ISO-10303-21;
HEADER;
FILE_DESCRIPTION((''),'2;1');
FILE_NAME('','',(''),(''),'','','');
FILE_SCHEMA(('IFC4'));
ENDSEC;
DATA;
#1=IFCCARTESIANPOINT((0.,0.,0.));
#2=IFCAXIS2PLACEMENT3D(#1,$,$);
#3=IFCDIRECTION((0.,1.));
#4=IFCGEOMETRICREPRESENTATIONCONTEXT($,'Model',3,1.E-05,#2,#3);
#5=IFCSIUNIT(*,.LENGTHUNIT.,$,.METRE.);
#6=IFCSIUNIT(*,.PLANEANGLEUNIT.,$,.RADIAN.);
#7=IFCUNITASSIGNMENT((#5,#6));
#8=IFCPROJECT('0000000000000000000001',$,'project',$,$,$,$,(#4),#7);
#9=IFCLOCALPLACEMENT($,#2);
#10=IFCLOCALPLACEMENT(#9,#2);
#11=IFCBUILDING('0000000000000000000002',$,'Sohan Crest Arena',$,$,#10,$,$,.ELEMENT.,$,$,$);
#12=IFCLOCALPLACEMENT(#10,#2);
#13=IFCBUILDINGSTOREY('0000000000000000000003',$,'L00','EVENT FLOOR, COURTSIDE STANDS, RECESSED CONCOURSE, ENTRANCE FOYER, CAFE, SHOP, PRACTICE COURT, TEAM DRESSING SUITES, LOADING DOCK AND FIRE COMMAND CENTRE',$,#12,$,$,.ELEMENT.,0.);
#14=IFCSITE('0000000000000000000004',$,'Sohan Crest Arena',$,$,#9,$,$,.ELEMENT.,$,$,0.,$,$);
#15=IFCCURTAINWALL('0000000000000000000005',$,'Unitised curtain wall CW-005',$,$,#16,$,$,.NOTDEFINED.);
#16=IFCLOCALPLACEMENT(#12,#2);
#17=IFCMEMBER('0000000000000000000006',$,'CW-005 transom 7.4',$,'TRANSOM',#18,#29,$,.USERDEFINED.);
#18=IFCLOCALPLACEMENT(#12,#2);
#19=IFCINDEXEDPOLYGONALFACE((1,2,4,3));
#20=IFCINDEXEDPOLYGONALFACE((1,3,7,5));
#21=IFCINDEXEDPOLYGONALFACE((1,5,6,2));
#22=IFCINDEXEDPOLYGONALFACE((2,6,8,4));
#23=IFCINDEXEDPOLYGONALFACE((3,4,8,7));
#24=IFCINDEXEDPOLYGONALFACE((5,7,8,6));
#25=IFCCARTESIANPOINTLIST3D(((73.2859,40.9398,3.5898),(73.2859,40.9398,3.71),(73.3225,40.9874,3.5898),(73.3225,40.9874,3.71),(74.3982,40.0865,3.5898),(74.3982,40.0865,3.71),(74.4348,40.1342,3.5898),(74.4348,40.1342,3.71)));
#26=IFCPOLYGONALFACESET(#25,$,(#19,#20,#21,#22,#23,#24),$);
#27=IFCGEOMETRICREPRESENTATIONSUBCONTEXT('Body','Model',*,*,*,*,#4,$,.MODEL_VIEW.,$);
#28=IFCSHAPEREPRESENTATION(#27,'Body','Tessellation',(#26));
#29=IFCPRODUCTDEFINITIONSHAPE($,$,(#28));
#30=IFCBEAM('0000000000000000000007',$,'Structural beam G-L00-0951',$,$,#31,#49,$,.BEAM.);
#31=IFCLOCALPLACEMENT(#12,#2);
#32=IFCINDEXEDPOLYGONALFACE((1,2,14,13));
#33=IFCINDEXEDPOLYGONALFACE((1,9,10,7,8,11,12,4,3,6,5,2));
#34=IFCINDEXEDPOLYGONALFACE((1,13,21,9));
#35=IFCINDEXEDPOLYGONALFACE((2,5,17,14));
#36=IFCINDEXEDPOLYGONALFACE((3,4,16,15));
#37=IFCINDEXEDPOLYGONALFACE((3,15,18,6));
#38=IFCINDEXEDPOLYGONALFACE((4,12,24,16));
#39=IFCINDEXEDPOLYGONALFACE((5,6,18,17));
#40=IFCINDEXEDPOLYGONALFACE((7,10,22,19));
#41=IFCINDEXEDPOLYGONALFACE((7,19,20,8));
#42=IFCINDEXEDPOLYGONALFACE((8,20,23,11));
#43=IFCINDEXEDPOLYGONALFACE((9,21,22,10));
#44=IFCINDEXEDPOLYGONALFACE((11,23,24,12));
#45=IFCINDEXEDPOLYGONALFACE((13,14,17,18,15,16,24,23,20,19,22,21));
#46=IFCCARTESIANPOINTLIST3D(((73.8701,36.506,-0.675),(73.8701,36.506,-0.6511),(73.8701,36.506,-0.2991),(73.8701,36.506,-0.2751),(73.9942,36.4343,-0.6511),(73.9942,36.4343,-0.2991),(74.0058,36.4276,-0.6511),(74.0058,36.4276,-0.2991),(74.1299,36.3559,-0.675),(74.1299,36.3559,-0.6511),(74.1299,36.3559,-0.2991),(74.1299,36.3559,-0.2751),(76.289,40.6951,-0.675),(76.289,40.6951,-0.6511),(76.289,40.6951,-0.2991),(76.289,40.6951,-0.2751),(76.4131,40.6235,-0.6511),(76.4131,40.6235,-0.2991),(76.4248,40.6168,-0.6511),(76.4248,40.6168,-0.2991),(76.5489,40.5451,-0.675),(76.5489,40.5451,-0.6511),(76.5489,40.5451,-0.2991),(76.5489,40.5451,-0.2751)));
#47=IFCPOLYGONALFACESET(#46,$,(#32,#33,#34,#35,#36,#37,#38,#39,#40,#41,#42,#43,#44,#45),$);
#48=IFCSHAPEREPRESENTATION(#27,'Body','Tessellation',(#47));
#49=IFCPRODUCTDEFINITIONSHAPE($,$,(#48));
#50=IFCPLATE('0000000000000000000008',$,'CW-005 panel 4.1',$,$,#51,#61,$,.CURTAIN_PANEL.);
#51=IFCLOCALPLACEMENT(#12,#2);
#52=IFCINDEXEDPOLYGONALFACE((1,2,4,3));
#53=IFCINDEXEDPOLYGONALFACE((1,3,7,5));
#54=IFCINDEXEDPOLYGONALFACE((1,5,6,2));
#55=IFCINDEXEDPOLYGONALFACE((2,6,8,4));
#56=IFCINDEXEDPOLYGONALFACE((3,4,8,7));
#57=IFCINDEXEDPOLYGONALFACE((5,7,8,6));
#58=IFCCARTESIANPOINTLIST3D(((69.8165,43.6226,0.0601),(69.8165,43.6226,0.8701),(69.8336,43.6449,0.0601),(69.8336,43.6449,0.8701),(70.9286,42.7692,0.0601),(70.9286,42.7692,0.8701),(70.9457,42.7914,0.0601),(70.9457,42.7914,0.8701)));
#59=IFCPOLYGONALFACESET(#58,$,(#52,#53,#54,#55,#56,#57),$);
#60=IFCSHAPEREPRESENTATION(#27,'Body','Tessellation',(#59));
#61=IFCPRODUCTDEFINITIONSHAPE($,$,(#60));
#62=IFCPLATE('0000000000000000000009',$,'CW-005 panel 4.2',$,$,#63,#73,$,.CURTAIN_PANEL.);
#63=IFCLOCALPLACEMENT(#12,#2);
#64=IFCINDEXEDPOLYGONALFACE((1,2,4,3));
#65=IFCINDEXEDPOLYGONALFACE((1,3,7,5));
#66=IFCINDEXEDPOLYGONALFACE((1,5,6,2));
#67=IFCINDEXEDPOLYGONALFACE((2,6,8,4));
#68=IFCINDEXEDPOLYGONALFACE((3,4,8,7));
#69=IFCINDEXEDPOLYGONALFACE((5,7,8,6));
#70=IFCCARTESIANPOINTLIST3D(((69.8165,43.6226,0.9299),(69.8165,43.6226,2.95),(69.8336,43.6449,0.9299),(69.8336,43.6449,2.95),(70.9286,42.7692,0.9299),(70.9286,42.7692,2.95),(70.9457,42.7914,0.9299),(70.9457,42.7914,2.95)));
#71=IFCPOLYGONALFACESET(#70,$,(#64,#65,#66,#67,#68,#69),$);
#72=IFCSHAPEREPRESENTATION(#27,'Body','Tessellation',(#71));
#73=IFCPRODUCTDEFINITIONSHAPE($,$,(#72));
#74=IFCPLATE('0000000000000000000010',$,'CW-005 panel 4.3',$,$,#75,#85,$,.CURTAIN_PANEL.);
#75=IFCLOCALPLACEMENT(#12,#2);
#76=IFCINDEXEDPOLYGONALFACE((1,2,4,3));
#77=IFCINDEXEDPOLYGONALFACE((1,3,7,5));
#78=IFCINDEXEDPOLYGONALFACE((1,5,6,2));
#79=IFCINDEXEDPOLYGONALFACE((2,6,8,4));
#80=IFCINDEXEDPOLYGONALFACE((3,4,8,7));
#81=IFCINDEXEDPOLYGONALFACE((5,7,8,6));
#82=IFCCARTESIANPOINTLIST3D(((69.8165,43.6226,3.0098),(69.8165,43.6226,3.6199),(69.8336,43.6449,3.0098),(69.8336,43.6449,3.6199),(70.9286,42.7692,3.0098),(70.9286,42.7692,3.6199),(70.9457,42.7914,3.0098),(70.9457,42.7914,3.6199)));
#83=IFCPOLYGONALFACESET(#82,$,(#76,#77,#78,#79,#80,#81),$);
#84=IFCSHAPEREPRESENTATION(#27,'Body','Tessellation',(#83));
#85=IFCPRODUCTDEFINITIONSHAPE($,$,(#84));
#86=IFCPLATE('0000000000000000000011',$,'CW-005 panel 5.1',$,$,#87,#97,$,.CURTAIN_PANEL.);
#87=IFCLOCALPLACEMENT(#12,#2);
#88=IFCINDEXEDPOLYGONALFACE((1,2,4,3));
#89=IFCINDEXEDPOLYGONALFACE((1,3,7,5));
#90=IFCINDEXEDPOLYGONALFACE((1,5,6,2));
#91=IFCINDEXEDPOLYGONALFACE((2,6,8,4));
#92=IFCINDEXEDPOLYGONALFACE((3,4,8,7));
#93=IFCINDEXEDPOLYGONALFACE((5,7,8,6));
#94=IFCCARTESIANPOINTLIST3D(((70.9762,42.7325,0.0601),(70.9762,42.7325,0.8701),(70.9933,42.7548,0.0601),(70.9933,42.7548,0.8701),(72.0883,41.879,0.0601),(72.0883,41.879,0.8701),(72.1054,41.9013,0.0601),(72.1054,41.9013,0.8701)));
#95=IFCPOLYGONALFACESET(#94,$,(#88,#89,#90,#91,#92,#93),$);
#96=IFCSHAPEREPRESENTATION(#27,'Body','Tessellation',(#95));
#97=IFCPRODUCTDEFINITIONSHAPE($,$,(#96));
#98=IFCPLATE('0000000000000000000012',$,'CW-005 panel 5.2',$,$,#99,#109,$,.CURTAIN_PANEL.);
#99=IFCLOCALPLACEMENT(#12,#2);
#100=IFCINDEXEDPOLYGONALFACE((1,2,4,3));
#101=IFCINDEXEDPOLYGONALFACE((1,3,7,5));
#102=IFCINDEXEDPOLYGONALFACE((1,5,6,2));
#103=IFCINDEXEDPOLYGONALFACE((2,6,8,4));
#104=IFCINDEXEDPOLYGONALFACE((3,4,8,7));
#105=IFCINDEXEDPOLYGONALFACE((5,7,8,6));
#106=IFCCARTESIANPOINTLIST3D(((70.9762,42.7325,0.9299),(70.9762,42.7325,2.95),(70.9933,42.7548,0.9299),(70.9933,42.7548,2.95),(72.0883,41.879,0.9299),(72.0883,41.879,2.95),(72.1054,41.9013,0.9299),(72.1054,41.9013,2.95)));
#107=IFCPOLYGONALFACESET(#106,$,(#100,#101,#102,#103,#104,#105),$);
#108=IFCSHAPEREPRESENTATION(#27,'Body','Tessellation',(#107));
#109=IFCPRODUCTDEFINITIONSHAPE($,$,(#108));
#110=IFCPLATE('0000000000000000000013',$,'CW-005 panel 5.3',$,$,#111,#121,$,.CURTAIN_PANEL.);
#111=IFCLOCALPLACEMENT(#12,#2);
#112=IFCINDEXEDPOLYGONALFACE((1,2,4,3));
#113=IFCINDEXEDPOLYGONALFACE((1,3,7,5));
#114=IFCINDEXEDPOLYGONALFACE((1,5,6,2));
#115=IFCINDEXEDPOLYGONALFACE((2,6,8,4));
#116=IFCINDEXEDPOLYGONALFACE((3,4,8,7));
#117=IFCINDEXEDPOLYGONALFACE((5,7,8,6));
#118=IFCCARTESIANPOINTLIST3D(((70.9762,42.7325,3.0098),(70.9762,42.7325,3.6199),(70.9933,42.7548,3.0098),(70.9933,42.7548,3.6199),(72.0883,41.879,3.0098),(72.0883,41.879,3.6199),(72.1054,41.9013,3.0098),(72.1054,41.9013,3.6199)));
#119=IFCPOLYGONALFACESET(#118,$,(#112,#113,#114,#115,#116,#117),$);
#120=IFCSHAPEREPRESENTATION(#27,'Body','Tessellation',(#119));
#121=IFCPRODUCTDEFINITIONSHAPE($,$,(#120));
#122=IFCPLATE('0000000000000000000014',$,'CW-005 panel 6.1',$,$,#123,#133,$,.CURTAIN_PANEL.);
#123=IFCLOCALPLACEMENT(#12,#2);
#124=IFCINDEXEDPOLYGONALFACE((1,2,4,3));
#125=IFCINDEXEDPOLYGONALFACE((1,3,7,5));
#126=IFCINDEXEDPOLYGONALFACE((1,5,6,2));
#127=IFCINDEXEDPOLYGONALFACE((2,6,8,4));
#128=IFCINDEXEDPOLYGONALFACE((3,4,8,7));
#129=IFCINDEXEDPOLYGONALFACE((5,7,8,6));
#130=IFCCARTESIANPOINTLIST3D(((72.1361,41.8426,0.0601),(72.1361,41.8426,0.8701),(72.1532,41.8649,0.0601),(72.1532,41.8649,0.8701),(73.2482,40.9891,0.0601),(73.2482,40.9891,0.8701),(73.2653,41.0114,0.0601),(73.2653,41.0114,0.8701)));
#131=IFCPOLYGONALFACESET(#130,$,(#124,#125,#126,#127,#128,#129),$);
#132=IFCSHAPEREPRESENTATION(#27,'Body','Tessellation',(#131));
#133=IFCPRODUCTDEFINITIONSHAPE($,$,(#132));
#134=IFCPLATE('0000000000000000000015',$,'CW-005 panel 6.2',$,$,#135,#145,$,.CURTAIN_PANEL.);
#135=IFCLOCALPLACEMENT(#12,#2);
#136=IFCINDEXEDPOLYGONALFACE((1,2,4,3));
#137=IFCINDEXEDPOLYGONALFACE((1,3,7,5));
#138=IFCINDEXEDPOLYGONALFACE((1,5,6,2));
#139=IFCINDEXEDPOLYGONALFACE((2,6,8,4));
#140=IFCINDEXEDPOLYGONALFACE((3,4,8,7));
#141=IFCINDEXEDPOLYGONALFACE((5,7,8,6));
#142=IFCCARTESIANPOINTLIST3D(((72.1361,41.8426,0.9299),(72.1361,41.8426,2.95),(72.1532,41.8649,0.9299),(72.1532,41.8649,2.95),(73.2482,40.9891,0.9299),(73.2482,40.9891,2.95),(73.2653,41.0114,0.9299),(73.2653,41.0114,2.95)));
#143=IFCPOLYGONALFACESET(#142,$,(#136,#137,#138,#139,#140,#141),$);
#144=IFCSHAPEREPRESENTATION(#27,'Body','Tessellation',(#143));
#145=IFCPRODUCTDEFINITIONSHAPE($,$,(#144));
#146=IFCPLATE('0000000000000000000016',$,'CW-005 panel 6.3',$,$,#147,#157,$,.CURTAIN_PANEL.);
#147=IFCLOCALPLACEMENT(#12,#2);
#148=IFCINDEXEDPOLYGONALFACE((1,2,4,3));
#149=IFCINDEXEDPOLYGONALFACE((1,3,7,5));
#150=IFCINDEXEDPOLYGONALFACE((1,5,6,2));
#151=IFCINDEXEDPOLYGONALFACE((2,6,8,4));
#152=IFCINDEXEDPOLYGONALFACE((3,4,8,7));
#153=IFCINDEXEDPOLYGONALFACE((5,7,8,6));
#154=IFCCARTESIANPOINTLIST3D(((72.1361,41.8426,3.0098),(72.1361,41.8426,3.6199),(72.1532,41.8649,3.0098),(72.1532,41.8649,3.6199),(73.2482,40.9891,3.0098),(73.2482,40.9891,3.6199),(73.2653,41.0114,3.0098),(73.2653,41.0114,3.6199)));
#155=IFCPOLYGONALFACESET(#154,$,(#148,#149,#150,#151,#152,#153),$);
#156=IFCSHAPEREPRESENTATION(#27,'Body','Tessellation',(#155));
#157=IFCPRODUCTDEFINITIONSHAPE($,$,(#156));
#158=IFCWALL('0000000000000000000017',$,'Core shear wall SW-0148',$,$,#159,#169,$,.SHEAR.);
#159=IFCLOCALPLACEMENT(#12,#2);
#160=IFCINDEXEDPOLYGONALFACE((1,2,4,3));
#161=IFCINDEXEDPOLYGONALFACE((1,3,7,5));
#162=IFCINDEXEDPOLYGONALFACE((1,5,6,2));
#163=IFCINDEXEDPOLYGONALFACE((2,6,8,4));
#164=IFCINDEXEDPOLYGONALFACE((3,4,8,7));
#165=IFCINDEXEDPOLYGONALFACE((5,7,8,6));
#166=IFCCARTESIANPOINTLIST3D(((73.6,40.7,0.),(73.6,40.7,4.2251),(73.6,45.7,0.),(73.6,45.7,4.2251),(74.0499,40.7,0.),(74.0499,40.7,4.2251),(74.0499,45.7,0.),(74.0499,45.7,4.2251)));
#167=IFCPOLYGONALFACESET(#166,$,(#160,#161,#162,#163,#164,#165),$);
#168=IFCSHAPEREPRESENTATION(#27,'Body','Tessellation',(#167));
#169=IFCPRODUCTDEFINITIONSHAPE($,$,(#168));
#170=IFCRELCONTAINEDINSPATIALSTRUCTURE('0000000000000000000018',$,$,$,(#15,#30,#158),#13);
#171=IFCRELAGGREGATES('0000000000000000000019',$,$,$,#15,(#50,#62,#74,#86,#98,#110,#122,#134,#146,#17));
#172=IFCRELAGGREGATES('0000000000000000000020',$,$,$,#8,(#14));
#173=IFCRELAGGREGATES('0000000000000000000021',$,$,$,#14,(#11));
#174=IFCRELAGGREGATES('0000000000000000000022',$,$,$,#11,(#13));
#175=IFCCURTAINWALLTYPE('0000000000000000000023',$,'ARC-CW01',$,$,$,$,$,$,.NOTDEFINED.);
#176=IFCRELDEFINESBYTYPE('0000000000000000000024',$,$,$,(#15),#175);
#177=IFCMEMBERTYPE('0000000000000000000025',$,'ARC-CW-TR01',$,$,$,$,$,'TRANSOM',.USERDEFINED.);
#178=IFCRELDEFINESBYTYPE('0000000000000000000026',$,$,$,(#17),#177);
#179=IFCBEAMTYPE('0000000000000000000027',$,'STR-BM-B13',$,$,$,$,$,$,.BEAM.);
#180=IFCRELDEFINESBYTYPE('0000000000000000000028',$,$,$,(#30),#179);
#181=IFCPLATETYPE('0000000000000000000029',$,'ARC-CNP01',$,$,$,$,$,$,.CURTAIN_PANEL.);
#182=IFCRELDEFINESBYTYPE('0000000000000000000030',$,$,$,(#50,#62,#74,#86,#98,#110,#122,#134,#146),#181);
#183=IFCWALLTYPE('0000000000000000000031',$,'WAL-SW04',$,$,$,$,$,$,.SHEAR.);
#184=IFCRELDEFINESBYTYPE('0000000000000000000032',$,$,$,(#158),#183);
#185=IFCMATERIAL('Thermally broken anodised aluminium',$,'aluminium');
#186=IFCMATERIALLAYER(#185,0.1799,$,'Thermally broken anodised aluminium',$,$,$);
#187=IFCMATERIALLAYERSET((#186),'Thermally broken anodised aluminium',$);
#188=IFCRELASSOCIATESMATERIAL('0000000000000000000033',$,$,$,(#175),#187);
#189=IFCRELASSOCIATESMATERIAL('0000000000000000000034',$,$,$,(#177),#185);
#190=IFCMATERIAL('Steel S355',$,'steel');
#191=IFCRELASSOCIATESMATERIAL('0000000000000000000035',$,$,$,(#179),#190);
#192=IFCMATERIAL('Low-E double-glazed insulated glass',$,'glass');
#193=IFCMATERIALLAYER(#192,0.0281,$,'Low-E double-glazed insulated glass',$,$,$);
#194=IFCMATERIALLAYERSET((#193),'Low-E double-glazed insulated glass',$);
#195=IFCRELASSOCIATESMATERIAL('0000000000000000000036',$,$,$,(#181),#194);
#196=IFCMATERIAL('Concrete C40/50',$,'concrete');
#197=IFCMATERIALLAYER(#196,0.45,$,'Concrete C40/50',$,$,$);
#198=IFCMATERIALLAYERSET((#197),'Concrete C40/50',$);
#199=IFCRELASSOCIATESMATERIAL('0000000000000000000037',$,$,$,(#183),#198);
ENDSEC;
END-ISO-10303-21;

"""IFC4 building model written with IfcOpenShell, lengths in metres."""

from ifc_helpers import new_model, si_unit, direction, frame, frame_2d, origin, origin_2d, place, context, subcontext, project, spatial, rectangle, i_section, extrude, material, layer, layer_set, material_profile, profile_set, type_object, element, aggregate, save


model = new_model("IFC4")

# Units and contexts
model_context = context("Model", 3, precision=1e-05, world=origin(), true_north=direction((0.0, 1.0)))
body_context = subcontext(model_context, "Body", "Model", "MODEL_VIEW")
ifc_project = project(units=[si_unit("LENGTHUNIT", "METRE"), si_unit("PLANEANGLEUNIT", "RADIAN")], contexts=[model_context])

# Site, building, storey
site_placement = place(None, origin())
site = spatial("IfcSite", under=ifc_project, at=site_placement, Name="Sohan Crest Arena", CompositionType="ELEMENT", RefElevation=0.0)
building_placement = place(site_placement, origin())
building = spatial("IfcBuilding", under=site, at=building_placement, Name="Sohan Crest Arena", CompositionType="ELEMENT")
storey_placement = place(building_placement, origin())
storey = spatial("IfcBuildingStorey", under=building, at=storey_placement, Name="L00", Description="EVENT FLOOR, COURTSIDE STANDS, RECESSED CONCOURSE, ENTRANCE FOYER, CAFE, SHOP, PRACTICE COURT, TEAM DRESSING SUITES, LOADING DOCK AND FIRE COMMAND CENTRE", CompositionType="ELEMENT", Elevation=0.0)

# Curtain wall, member
ifc_material_1 = material(Name="Thermally broken anodised aluminium", Category="aluminium")
ifc_layer_1 = layer(ifc_material_1, 0.1799, Name="Thermally broken anodised aluminium")
ifc_layer_set_1 = layer_set([ifc_layer_1], Name="Thermally broken anodised aluminium")
curtain_wall_type = type_object("IfcCurtainWallType", Name="ARC-CW01", PredefinedType="NOTDEFINED", material=ifc_layer_set_1)
curtain_wall_placement = place(storey_placement, origin())
curtain_wall = element("IfcCurtainWall", 1, at=curtain_wall_placement, inside=storey, type_object=curtain_wall_type, Name="Unitised curtain wall CW-005", PredefinedType="NOTDEFINED")
ifc_material_profile_1 = material_profile(ifc_material_1, rectangle(XDim=0.0601, YDim=0.1201, at=origin_2d()), Name="ALU-TRAN 60x120")
ifc_profile_set_1 = profile_set([ifc_material_profile_1], Name="Thermally broken anodised aluminium")
member_type_1 = type_object("IfcMemberType", Name="ARC-CW-TR01", ElementType="TRANSOM", PredefinedType="USERDEFINED", material=ifc_profile_set_1)
member_1_placement = place(storey_placement, frame((73.3042, 40.9636, 3.6499), z_axis=(0.793433, -0.608658, 0.0), x_axis=(0.608658, 0.793433, 0.0)))
member_1 = element("IfcMember", 2, at=member_1_placement, type_object=member_type_1, Name="CW-005 transom 7.4", ObjectType="TRANSOM", PredefinedType="USERDEFINED", context=body_context, shape_type="SweptSolid", body=[
    extrude(rectangle(XDim=0.0601, YDim=0.1201, at=origin_2d()), origin(), (0.0, 0.0, 1.0), 1.4019),
])

# Beam
ifc_material_2 = material(Name="Steel S355", Category="steel")
ifc_material_profile_2 = material_profile(ifc_material_2, i_section(OverallWidth=0.3, OverallDepth=0.3999, WebThickness=0.0134, FlangeThickness=0.0239, at=origin_2d()), Name="HEB 400")
ifc_profile_set_2 = profile_set([ifc_material_profile_2], Name="Steel S355")
beam_type = type_object("IfcBeamType", Name="STR-BM-B13", PredefinedType="BEAM", material=ifc_profile_set_2)
beam_placement = place(storey_placement, frame((76.4189, 40.6201, -0.4751), z_axis=(-0.500047, -0.865998, 0.0), x_axis=(0.865998, -0.500047, 0.0)))
element("IfcBeam", 3, at=beam_placement, inside=storey, type_object=beam_type, Name="Structural beam G-L00-0951", PredefinedType="BEAM", context=body_context, shape_type="SweptSolid", body=[
    extrude(i_section(OverallWidth=0.3, OverallDepth=0.3999, WebThickness=0.0134, FlangeThickness=0.0239, at=origin_2d()), origin(), (0.0, 0.0, 1.0), 4.8374),
])

# Plates
ifc_material_3 = material(Name="Low-E double-glazed insulated glass", Category="glass")
ifc_layer_2 = layer(ifc_material_3, 0.0281, Name="Low-E double-glazed insulated glass")
ifc_layer_set_2 = layer_set([ifc_layer_2], Name="Low-E double-glazed insulated glass")
plate_type = type_object("IfcPlateType", Name="ARC-CNP01", PredefinedType="CURTAIN_PANEL", material=ifc_layer_set_2)
plate_1_placement = place(storey_placement, frame((70.3811, 43.207, 0.0601), z_axis=(0.0, 0.0, 1.0), x_axis=(0.793323, -0.608801, 0.0)))
plate_1 = element("IfcPlate", 4, at=plate_1_placement, type_object=plate_type, Name="CW-005 panel 4.1", PredefinedType="CURTAIN_PANEL", context=body_context, shape_type="SweptSolid", body=[
    extrude(rectangle(XDim=1.4019, YDim=0.0281, at=origin_2d()), origin(), (0.0, 0.0, 1.0), 0.8101),
])
plate_2_placement = place(storey_placement, frame((70.3811, 43.207, 0.9299), z_axis=(0.0, 0.0, 1.0), x_axis=(0.793323, -0.608801, 0.0)))
plate_2 = element("IfcPlate", 5, at=plate_2_placement, type_object=plate_type, Name="CW-005 panel 4.2", PredefinedType="CURTAIN_PANEL", context=body_context, shape_type="SweptSolid", body=[
    extrude(rectangle(XDim=1.4019, YDim=0.0281, at=origin_2d()), origin(), (0.0, 0.0, 1.0), 2.02),
])
plate_3_placement = place(storey_placement, frame((70.3811, 43.207, 3.0098), z_axis=(0.0, 0.0, 1.0), x_axis=(0.793323, -0.608801, 0.0)))
plate_3 = element("IfcPlate", 6, at=plate_3_placement, type_object=plate_type, Name="CW-005 panel 4.3", PredefinedType="CURTAIN_PANEL", context=body_context, shape_type="SweptSolid", body=[
    extrude(rectangle(XDim=1.4019, YDim=0.0281, at=origin_2d()), origin(), (0.0, 0.0, 1.0), 0.6101),
])
plate_4_placement = place(storey_placement, frame((71.5408, 42.3169, 0.0601), z_axis=(0.0, 0.0, 1.0), x_axis=(0.793323, -0.608801, 0.0)))
plate_4 = element("IfcPlate", 7, at=plate_4_placement, type_object=plate_type, Name="CW-005 panel 5.1", PredefinedType="CURTAIN_PANEL", context=body_context, shape_type="SweptSolid", body=[
    extrude(rectangle(XDim=1.4019, YDim=0.0281, at=origin_2d()), origin(), (0.0, 0.0, 1.0), 0.8101),
])
plate_5_placement = place(storey_placement, frame((71.5408, 42.3169, 0.9299), z_axis=(0.0, 0.0, 1.0), x_axis=(0.793323, -0.608801, 0.0)))
plate_5 = element("IfcPlate", 8, at=plate_5_placement, type_object=plate_type, Name="CW-005 panel 5.2", PredefinedType="CURTAIN_PANEL", context=body_context, shape_type="SweptSolid", body=[
    extrude(rectangle(XDim=1.4019, YDim=0.0281, at=origin_2d()), origin(), (0.0, 0.0, 1.0), 2.02),
])
plate_6_placement = place(storey_placement, frame((71.5408, 42.3169, 3.0098), z_axis=(0.0, 0.0, 1.0), x_axis=(0.793323, -0.608801, 0.0)))
plate_6 = element("IfcPlate", 9, at=plate_6_placement, type_object=plate_type, Name="CW-005 panel 5.3", PredefinedType="CURTAIN_PANEL", context=body_context, shape_type="SweptSolid", body=[
    extrude(rectangle(XDim=1.4019, YDim=0.0281, at=origin_2d()), origin(), (0.0, 0.0, 1.0), 0.6101),
])
plate_7_placement = place(storey_placement, frame((72.7007, 41.427, 0.0601), z_axis=(0.0, 0.0, 1.0), x_axis=(0.793323, -0.608801, 0.0)))
plate_7 = element("IfcPlate", 10, at=plate_7_placement, type_object=plate_type, Name="CW-005 panel 6.1", PredefinedType="CURTAIN_PANEL", context=body_context, shape_type="SweptSolid", body=[
    extrude(rectangle(XDim=1.4019, YDim=0.0281, at=origin_2d()), origin(), (0.0, 0.0, 1.0), 0.8101),
])
plate_8_placement = place(storey_placement, frame((72.7007, 41.427, 0.9299), z_axis=(0.0, 0.0, 1.0), x_axis=(0.793323, -0.608801, 0.0)))
plate_8 = element("IfcPlate", 11, at=plate_8_placement, type_object=plate_type, Name="CW-005 panel 6.2", PredefinedType="CURTAIN_PANEL", context=body_context, shape_type="SweptSolid", body=[
    extrude(rectangle(XDim=1.4019, YDim=0.0281, at=origin_2d()), origin(), (0.0, 0.0, 1.0), 2.02),
])
plate_9_placement = place(storey_placement, frame((72.7007, 41.427, 3.0098), z_axis=(0.0, 0.0, 1.0), x_axis=(0.793323, -0.608801, 0.0)))
plate_9 = element("IfcPlate", 12, at=plate_9_placement, type_object=plate_type, Name="CW-005 panel 6.3", PredefinedType="CURTAIN_PANEL", context=body_context, shape_type="SweptSolid", body=[
    extrude(rectangle(XDim=1.4019, YDim=0.0281, at=origin_2d()), origin(), (0.0, 0.0, 1.0), 0.6101),
])
aggregate(curtain_wall, [plate_1, plate_2, plate_3, plate_4, plate_5, plate_6, plate_7, plate_8, plate_9, member_1])

# Wall
ifc_material_4 = material(Name="Concrete C40/50", Category="concrete")
ifc_layer_3 = layer(ifc_material_4, 0.45, Name="Concrete C40/50")
ifc_layer_set_3 = layer_set([ifc_layer_3], Name="Concrete C40/50")
wall_type = type_object("IfcWallType", Name="WAL-SW04", PredefinedType="SHEAR", material=ifc_layer_set_3)
wall_placement = place(storey_placement, frame((73.825, 40.7, 0.0), z_axis=(0.0, 0.0, 1.0), x_axis=(0.0, 1.0, 0.0)))
element("IfcWall", 13, at=wall_placement, inside=storey, type_object=wall_type, Name="Core shear wall SW-0148", PredefinedType="SHEAR", context=body_context, shape_type="SweptSolid", body=[
    extrude(rectangle(XDim=5.0, YDim=0.45, at=frame_2d((2.5, 0.0))), origin(), (0.0, 0.0, 1.0), 4.2251),
])

save(model, "model.ifc")
